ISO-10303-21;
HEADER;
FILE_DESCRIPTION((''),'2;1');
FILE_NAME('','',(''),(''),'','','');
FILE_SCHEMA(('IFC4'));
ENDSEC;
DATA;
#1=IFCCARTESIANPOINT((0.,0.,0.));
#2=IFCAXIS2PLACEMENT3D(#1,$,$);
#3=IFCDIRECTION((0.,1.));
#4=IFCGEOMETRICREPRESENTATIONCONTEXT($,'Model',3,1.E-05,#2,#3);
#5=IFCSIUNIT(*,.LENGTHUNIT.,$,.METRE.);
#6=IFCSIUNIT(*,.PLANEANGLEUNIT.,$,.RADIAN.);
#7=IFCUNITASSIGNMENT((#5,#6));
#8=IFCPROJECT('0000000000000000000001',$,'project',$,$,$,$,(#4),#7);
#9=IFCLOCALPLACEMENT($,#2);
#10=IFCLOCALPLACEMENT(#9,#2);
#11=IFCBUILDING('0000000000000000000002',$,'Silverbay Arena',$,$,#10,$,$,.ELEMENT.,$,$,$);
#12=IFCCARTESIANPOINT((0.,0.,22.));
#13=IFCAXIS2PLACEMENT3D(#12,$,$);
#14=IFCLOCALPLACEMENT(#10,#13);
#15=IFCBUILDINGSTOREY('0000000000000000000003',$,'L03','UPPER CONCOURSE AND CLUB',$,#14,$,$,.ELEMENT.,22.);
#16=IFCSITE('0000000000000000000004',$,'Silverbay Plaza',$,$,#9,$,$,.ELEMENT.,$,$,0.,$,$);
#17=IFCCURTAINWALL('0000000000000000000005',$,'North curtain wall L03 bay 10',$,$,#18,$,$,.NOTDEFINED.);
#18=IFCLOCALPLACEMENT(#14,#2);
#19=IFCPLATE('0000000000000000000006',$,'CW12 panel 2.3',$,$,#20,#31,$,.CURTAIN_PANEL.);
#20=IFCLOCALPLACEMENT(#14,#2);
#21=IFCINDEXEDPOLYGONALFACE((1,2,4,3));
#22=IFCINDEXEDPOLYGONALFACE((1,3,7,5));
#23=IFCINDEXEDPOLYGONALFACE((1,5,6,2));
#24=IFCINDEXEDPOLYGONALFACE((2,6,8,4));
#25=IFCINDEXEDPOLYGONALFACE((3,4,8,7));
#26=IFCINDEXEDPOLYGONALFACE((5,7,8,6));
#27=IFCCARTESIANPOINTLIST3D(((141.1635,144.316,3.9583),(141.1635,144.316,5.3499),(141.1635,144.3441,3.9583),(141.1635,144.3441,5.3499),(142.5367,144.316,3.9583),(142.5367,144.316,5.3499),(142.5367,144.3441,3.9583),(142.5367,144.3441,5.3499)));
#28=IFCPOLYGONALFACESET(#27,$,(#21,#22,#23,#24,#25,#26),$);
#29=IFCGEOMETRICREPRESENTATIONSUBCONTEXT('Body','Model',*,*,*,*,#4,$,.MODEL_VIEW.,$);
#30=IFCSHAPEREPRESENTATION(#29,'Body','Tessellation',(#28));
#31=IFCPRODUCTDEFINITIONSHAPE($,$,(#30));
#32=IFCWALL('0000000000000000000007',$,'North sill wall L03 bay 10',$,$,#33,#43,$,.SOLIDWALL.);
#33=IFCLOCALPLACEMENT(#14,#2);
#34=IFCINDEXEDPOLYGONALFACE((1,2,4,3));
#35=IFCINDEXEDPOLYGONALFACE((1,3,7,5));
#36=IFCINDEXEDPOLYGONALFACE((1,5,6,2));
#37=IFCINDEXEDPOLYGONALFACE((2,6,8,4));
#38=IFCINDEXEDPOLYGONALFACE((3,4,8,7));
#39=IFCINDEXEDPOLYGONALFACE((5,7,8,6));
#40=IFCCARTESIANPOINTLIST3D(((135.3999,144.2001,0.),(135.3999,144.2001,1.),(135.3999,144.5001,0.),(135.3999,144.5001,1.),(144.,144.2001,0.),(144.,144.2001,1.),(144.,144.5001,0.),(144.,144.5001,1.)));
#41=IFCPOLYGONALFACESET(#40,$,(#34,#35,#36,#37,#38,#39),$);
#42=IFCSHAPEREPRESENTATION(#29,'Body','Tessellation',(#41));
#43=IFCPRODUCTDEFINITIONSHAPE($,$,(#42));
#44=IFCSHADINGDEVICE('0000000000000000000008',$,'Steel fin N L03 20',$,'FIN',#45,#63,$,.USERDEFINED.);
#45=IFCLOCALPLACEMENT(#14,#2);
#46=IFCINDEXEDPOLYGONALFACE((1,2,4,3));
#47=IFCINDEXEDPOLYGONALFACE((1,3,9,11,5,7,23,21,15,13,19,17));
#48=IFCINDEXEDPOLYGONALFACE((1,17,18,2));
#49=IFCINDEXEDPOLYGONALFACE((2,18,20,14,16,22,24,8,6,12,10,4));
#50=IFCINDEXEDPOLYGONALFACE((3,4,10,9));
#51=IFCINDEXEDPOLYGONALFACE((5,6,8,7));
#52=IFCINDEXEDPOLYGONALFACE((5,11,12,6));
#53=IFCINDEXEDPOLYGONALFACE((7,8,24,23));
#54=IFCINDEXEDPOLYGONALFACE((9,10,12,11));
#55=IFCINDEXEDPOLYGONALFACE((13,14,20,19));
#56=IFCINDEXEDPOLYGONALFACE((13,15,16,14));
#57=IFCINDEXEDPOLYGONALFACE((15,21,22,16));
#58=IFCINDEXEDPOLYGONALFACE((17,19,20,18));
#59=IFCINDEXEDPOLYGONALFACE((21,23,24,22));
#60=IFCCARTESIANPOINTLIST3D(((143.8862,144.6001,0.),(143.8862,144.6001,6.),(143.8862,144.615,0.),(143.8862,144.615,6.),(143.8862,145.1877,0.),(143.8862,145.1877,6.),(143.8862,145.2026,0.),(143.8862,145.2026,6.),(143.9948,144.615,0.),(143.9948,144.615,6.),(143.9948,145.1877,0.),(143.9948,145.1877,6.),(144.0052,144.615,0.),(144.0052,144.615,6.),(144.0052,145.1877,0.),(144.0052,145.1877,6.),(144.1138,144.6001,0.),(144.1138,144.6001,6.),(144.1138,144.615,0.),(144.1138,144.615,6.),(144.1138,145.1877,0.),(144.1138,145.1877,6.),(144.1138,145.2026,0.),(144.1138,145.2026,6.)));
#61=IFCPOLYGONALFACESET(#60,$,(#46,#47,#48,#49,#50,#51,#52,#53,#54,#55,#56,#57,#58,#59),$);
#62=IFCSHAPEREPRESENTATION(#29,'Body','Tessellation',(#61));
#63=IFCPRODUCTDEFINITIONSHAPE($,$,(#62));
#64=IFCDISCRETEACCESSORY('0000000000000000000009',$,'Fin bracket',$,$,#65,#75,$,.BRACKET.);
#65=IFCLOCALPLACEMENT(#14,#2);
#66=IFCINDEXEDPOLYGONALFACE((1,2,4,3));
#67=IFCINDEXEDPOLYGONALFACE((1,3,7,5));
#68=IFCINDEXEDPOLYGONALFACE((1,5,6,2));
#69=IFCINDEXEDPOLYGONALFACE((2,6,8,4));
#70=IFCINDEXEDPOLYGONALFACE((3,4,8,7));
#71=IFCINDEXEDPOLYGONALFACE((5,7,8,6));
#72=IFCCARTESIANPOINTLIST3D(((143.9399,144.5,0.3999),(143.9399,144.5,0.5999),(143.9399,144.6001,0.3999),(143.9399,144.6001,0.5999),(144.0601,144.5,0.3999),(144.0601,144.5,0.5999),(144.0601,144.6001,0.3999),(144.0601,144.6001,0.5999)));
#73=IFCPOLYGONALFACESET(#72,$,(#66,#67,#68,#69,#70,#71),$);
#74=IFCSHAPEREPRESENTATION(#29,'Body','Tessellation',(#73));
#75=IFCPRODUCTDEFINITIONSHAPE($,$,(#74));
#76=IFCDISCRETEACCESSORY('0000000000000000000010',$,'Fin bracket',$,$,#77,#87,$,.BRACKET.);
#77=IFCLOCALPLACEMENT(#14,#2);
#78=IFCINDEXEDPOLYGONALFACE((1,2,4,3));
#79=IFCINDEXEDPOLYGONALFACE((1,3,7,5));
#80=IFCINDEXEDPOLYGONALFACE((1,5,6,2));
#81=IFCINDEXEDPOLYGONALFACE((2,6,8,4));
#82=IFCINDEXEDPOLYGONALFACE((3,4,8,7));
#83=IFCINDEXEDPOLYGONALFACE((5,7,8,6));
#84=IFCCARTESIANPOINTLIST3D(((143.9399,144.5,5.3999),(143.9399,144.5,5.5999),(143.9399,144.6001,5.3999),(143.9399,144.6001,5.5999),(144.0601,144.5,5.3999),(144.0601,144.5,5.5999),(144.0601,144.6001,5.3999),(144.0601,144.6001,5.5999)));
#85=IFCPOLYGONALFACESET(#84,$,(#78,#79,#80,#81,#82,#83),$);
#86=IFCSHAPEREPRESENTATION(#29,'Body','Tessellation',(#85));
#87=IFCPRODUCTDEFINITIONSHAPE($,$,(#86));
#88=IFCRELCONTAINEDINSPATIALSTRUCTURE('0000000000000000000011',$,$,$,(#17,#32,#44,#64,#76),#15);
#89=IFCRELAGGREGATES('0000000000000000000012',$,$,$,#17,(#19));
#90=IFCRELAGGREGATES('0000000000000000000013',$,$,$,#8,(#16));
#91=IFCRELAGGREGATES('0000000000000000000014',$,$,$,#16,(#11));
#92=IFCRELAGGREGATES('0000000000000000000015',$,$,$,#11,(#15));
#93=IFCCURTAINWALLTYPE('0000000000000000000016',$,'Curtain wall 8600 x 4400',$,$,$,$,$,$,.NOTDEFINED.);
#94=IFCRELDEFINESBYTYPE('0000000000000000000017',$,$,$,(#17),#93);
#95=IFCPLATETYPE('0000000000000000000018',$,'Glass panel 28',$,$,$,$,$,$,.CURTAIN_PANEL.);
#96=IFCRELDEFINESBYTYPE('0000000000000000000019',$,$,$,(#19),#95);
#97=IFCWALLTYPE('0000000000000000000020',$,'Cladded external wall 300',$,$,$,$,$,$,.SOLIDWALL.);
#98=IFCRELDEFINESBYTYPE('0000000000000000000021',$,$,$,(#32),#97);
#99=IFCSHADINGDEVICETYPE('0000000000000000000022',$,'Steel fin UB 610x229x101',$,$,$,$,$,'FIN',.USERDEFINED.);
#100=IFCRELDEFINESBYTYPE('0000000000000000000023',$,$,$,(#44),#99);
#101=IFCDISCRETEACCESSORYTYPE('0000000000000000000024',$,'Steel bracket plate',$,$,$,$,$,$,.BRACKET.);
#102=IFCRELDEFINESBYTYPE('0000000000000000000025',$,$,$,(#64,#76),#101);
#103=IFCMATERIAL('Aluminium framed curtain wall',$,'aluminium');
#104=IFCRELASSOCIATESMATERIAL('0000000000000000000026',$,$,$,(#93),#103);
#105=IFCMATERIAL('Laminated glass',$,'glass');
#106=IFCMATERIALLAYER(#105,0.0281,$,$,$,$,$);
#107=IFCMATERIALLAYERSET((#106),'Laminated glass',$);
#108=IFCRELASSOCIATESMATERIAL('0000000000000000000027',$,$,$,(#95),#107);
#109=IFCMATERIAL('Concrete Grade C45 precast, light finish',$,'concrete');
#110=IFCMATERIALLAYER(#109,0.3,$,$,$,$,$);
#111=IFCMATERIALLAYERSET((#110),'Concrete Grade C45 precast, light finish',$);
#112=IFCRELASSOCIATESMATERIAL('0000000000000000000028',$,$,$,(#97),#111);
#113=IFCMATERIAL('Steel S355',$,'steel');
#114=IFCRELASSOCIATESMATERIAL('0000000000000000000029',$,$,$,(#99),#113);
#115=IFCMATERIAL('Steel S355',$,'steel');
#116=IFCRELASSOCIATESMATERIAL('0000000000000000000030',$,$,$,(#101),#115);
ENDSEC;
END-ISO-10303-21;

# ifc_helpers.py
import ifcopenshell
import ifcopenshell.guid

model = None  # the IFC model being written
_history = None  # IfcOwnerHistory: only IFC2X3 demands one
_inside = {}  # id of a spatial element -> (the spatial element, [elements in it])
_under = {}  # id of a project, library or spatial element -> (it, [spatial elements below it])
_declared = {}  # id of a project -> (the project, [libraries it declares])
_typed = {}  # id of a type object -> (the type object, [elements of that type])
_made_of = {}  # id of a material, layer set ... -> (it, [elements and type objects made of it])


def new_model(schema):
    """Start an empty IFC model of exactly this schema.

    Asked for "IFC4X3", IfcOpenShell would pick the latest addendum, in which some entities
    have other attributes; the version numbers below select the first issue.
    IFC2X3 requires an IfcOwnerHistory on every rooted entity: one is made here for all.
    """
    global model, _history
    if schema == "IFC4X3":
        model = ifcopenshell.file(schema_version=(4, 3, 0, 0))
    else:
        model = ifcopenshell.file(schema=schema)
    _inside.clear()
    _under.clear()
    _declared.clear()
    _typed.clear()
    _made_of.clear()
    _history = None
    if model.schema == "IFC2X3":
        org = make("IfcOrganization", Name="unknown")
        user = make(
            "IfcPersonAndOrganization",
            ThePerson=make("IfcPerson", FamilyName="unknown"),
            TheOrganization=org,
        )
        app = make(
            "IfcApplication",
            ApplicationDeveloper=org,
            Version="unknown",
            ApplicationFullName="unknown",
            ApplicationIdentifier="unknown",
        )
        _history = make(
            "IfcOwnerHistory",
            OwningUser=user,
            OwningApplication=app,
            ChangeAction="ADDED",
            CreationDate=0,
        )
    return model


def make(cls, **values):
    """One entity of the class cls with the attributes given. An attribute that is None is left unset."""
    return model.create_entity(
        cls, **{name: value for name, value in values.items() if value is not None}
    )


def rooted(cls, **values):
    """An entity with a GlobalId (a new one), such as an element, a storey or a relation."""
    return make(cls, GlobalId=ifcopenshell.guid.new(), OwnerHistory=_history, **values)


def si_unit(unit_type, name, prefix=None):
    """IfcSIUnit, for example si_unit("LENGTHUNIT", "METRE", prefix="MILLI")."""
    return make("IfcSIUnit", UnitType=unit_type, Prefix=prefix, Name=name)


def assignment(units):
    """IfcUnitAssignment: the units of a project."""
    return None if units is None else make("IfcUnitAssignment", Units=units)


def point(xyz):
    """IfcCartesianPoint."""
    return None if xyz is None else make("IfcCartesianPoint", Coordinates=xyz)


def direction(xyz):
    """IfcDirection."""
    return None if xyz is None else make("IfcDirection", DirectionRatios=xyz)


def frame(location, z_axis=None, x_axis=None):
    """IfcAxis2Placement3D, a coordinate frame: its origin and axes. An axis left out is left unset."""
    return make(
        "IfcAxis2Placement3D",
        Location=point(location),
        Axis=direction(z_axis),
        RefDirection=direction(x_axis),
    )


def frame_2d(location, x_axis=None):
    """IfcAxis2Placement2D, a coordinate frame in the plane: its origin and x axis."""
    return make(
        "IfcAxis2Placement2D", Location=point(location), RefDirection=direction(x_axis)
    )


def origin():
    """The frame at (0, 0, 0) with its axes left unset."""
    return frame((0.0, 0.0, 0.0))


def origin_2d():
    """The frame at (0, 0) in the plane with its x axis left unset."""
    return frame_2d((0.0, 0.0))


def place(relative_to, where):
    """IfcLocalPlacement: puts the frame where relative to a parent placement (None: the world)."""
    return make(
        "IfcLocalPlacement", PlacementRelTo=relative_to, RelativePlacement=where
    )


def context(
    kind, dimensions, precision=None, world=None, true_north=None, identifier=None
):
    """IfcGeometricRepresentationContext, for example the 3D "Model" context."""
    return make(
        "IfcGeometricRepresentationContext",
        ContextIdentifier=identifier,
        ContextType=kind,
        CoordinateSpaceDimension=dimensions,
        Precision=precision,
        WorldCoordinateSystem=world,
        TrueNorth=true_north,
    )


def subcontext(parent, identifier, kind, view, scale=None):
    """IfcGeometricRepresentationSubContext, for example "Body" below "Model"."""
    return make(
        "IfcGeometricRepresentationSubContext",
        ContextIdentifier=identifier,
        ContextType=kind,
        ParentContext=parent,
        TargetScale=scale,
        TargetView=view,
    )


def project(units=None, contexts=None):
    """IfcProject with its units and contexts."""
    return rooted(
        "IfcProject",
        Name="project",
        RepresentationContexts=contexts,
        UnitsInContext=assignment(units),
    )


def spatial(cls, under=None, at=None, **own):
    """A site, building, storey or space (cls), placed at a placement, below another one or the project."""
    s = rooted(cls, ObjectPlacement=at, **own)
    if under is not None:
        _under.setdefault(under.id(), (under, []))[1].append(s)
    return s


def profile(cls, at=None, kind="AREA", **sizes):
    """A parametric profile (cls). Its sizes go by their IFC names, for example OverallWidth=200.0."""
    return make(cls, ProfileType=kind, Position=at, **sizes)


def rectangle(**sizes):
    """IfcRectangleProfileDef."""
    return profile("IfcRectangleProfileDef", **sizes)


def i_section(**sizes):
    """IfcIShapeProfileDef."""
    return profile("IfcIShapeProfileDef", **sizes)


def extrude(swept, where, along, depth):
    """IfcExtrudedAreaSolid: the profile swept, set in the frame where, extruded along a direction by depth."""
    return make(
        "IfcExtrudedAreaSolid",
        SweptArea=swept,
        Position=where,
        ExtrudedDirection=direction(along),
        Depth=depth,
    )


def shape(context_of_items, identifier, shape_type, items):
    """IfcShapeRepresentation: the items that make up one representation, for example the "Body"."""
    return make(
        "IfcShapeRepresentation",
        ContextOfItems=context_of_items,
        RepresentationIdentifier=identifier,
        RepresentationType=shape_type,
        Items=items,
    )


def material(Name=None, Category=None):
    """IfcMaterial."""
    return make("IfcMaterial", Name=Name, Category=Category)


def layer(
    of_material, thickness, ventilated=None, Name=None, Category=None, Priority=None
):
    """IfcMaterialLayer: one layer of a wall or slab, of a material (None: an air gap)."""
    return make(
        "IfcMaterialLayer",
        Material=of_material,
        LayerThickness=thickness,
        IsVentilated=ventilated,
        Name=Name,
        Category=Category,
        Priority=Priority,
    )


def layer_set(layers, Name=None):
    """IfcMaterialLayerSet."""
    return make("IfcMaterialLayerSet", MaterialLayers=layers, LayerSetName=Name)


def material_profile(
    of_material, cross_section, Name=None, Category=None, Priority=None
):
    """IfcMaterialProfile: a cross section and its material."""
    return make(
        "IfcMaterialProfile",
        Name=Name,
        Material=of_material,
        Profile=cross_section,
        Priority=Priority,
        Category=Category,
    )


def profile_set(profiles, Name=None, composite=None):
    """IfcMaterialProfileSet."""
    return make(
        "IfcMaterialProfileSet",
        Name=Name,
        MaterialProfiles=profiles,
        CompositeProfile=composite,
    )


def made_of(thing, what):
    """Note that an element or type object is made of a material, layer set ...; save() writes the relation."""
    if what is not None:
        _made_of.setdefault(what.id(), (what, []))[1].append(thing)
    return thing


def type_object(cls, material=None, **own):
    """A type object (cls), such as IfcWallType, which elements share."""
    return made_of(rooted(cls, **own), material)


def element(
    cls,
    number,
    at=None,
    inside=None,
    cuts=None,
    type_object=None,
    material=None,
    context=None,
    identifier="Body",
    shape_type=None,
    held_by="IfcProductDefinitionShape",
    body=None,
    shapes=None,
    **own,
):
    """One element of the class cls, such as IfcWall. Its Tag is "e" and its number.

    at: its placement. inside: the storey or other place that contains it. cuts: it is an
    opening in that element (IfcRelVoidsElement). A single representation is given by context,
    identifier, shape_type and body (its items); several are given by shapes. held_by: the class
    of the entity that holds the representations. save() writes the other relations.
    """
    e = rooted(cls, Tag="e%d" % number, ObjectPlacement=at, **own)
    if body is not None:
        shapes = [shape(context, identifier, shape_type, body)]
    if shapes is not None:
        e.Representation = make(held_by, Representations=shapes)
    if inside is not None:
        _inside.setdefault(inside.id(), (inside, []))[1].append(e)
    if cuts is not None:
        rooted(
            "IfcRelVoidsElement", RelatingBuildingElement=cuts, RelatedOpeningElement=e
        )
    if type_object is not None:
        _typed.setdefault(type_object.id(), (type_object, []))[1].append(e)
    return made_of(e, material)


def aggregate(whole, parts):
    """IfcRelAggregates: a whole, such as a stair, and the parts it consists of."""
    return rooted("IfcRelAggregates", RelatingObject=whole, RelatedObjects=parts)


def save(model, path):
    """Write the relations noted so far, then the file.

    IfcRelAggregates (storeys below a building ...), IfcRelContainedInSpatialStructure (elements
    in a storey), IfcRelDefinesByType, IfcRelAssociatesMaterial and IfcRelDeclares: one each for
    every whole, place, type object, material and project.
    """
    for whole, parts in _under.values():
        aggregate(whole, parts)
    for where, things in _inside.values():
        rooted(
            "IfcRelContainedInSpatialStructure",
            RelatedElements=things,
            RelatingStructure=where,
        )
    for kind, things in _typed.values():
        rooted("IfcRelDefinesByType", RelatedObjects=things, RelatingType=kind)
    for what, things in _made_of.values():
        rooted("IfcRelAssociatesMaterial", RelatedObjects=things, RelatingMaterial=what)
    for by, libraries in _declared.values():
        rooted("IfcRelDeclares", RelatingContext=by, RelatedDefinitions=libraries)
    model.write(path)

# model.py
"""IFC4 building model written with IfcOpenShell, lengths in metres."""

from ifc_helpers import new_model, si_unit, direction, frame, frame_2d, origin, origin_2d, place, context, subcontext, project, spatial, rectangle, i_section, extrude, material, layer, layer_set, material_profile, profile_set, type_object, element, aggregate, save


model = new_model("IFC4")

# Units and contexts
model_context = context("Model", 3, precision=1e-05, world=origin(), true_north=direction((0.0, 1.0)))
body_context = subcontext(model_context, "Body", "Model", "MODEL_VIEW")
ifc_project = project(units=[si_unit("LENGTHUNIT", "METRE"), si_unit("PLANEANGLEUNIT", "RADIAN")], contexts=[model_context])

# Site, building, storey
site_placement = place(None, origin())
site = spatial("IfcSite", under=ifc_project, at=site_placement, Name="Silverbay Plaza", CompositionType="ELEMENT", RefElevation=0.0)
building_placement = place(site_placement, origin())
building = spatial("IfcBuilding", under=site, at=building_placement, Name="Silverbay Arena", CompositionType="ELEMENT")
storey_placement = place(building_placement, frame((0.0, 0.0, 22.0)))
storey = spatial("IfcBuildingStorey", under=building, at=storey_placement, Name="L03", Description="UPPER CONCOURSE AND CLUB", CompositionType="ELEMENT", Elevation=22.0)

# Curtain wall, plate
ifc_material_1 = material(Name="Aluminium framed curtain wall", Category="aluminium")
curtain_wall_type = type_object("IfcCurtainWallType", Name="Curtain wall 8600 x 4400", PredefinedType="NOTDEFINED", material=ifc_material_1)
curtain_wall_placement = place(storey_placement, origin())
curtain_wall = element("IfcCurtainWall", 1, at=curtain_wall_placement, inside=storey, type_object=curtain_wall_type, Name="North curtain wall L03 bay 10", PredefinedType="NOTDEFINED")
ifc_material_2 = material(Name="Laminated glass", Category="glass")
ifc_layer_1 = layer(ifc_material_2, 0.0281)
ifc_layer_set_1 = layer_set([ifc_layer_1], Name="Laminated glass")
plate_type = type_object("IfcPlateType", Name="Glass panel 28", PredefinedType="CURTAIN_PANEL", material=ifc_layer_set_1)
plate_1_placement = place(storey_placement, frame((141.8501, 144.3301, 3.9583), z_axis=(0.0, 0.0, 1.0), x_axis=(-1.0, 0.0, 0.0)))
plate_1 = element("IfcPlate", 2, at=plate_1_placement, type_object=plate_type, Name="CW12 panel 2.3", PredefinedType="CURTAIN_PANEL", context=body_context, shape_type="SweptSolid", body=[
    extrude(rectangle(XDim=1.3733, YDim=0.0281, at=origin_2d()), origin(), (0.0, 0.0, 1.0), 1.3916),
])
aggregate(curtain_wall, [plate_1])

# Wall
ifc_material_3 = material(Name="Concrete Grade C45 precast, light finish", Category="concrete")
ifc_layer_2 = layer(ifc_material_3, 0.3)
ifc_layer_set_2 = layer_set([ifc_layer_2], Name="Concrete Grade C45 precast, light finish")
wall_type = type_object("IfcWallType", Name="Cladded external wall 300", PredefinedType="SOLIDWALL", material=ifc_layer_set_2)
wall_placement = place(storey_placement, frame((144.0, 144.3501, 0.0), z_axis=(0.0, 0.0, 1.0), x_axis=(-1.0, 0.0, 0.0)))
element("IfcWall", 3, at=wall_placement, inside=storey, type_object=wall_type, Name="North sill wall L03 bay 10", PredefinedType="SOLIDWALL", context=body_context, shape_type="SweptSolid", body=[
    extrude(rectangle(XDim=8.6001, YDim=0.3, at=frame_2d((4.3, 0.0))), origin(), (0.0, 0.0, 1.0), 1.0),
])

# Shading device
ifc_material_4 = material(Name="Steel S355", Category="steel")
ifc_material_profile_1 = material_profile(ifc_material_4, i_section(OverallWidth=0.2275, OverallDepth=0.6025, WebThickness=0.0105, FlangeThickness=0.0149, at=origin_2d()), Name="UB 610x229x101")
ifc_profile_set_1 = profile_set([ifc_material_profile_1], Name="Steel S355")
shading_device_type = type_object("IfcShadingDeviceType", Name="Steel fin UB 610x229x101", ElementType="FIN", PredefinedType="USERDEFINED", material=ifc_profile_set_1)
shading_device_placement = place(storey_placement, frame((144.0, 144.9014, 0.0), z_axis=(0.0, 0.0, 1.0), x_axis=(1.0, 0.0, 0.0)))
element("IfcShadingDevice", 4, at=shading_device_placement, inside=storey, type_object=shading_device_type, Name="Steel fin N L03 20", ObjectType="FIN", PredefinedType="USERDEFINED", context=body_context, shape_type="SweptSolid", body=[
    extrude(i_section(OverallWidth=0.2275, OverallDepth=0.6025, WebThickness=0.0105, FlangeThickness=0.0149, at=origin_2d()), origin(), (0.0, 0.0, 1.0), 6.0),
])

# Discrete accessories
ifc_material_5 = material(Name="Steel S355", Category="steel")
discrete_accessory_type = type_object("IfcDiscreteAccessoryType", Name="Steel bracket plate", PredefinedType="BRACKET", material=ifc_material_5)
for number, where, z_axis, x_axis, name in (
    (5, (144.0, 144.55, 0.3999), (0.0, 0.0, 1.0), (1.0, 0.0, 0.0), "Fin bracket"),
    (6, (144.0, 144.55, 5.3999), (0.0, 0.0, 1.0), (1.0, 0.0, 0.0), "Fin bracket"),
):
    element("IfcDiscreteAccessory", number, at=place(storey_placement, frame(where, z_axis=z_axis, x_axis=x_axis)), inside=storey, type_object=discrete_accessory_type, Name=name, PredefinedType="BRACKET", context=body_context, shape_type="SweptSolid", body=[
        extrude(rectangle(XDim=0.1201, YDim=0.1001, at=origin_2d()), origin(), (0.0, 0.0, 1.0), 0.2),
    ])

save(model, "model.ifc")
